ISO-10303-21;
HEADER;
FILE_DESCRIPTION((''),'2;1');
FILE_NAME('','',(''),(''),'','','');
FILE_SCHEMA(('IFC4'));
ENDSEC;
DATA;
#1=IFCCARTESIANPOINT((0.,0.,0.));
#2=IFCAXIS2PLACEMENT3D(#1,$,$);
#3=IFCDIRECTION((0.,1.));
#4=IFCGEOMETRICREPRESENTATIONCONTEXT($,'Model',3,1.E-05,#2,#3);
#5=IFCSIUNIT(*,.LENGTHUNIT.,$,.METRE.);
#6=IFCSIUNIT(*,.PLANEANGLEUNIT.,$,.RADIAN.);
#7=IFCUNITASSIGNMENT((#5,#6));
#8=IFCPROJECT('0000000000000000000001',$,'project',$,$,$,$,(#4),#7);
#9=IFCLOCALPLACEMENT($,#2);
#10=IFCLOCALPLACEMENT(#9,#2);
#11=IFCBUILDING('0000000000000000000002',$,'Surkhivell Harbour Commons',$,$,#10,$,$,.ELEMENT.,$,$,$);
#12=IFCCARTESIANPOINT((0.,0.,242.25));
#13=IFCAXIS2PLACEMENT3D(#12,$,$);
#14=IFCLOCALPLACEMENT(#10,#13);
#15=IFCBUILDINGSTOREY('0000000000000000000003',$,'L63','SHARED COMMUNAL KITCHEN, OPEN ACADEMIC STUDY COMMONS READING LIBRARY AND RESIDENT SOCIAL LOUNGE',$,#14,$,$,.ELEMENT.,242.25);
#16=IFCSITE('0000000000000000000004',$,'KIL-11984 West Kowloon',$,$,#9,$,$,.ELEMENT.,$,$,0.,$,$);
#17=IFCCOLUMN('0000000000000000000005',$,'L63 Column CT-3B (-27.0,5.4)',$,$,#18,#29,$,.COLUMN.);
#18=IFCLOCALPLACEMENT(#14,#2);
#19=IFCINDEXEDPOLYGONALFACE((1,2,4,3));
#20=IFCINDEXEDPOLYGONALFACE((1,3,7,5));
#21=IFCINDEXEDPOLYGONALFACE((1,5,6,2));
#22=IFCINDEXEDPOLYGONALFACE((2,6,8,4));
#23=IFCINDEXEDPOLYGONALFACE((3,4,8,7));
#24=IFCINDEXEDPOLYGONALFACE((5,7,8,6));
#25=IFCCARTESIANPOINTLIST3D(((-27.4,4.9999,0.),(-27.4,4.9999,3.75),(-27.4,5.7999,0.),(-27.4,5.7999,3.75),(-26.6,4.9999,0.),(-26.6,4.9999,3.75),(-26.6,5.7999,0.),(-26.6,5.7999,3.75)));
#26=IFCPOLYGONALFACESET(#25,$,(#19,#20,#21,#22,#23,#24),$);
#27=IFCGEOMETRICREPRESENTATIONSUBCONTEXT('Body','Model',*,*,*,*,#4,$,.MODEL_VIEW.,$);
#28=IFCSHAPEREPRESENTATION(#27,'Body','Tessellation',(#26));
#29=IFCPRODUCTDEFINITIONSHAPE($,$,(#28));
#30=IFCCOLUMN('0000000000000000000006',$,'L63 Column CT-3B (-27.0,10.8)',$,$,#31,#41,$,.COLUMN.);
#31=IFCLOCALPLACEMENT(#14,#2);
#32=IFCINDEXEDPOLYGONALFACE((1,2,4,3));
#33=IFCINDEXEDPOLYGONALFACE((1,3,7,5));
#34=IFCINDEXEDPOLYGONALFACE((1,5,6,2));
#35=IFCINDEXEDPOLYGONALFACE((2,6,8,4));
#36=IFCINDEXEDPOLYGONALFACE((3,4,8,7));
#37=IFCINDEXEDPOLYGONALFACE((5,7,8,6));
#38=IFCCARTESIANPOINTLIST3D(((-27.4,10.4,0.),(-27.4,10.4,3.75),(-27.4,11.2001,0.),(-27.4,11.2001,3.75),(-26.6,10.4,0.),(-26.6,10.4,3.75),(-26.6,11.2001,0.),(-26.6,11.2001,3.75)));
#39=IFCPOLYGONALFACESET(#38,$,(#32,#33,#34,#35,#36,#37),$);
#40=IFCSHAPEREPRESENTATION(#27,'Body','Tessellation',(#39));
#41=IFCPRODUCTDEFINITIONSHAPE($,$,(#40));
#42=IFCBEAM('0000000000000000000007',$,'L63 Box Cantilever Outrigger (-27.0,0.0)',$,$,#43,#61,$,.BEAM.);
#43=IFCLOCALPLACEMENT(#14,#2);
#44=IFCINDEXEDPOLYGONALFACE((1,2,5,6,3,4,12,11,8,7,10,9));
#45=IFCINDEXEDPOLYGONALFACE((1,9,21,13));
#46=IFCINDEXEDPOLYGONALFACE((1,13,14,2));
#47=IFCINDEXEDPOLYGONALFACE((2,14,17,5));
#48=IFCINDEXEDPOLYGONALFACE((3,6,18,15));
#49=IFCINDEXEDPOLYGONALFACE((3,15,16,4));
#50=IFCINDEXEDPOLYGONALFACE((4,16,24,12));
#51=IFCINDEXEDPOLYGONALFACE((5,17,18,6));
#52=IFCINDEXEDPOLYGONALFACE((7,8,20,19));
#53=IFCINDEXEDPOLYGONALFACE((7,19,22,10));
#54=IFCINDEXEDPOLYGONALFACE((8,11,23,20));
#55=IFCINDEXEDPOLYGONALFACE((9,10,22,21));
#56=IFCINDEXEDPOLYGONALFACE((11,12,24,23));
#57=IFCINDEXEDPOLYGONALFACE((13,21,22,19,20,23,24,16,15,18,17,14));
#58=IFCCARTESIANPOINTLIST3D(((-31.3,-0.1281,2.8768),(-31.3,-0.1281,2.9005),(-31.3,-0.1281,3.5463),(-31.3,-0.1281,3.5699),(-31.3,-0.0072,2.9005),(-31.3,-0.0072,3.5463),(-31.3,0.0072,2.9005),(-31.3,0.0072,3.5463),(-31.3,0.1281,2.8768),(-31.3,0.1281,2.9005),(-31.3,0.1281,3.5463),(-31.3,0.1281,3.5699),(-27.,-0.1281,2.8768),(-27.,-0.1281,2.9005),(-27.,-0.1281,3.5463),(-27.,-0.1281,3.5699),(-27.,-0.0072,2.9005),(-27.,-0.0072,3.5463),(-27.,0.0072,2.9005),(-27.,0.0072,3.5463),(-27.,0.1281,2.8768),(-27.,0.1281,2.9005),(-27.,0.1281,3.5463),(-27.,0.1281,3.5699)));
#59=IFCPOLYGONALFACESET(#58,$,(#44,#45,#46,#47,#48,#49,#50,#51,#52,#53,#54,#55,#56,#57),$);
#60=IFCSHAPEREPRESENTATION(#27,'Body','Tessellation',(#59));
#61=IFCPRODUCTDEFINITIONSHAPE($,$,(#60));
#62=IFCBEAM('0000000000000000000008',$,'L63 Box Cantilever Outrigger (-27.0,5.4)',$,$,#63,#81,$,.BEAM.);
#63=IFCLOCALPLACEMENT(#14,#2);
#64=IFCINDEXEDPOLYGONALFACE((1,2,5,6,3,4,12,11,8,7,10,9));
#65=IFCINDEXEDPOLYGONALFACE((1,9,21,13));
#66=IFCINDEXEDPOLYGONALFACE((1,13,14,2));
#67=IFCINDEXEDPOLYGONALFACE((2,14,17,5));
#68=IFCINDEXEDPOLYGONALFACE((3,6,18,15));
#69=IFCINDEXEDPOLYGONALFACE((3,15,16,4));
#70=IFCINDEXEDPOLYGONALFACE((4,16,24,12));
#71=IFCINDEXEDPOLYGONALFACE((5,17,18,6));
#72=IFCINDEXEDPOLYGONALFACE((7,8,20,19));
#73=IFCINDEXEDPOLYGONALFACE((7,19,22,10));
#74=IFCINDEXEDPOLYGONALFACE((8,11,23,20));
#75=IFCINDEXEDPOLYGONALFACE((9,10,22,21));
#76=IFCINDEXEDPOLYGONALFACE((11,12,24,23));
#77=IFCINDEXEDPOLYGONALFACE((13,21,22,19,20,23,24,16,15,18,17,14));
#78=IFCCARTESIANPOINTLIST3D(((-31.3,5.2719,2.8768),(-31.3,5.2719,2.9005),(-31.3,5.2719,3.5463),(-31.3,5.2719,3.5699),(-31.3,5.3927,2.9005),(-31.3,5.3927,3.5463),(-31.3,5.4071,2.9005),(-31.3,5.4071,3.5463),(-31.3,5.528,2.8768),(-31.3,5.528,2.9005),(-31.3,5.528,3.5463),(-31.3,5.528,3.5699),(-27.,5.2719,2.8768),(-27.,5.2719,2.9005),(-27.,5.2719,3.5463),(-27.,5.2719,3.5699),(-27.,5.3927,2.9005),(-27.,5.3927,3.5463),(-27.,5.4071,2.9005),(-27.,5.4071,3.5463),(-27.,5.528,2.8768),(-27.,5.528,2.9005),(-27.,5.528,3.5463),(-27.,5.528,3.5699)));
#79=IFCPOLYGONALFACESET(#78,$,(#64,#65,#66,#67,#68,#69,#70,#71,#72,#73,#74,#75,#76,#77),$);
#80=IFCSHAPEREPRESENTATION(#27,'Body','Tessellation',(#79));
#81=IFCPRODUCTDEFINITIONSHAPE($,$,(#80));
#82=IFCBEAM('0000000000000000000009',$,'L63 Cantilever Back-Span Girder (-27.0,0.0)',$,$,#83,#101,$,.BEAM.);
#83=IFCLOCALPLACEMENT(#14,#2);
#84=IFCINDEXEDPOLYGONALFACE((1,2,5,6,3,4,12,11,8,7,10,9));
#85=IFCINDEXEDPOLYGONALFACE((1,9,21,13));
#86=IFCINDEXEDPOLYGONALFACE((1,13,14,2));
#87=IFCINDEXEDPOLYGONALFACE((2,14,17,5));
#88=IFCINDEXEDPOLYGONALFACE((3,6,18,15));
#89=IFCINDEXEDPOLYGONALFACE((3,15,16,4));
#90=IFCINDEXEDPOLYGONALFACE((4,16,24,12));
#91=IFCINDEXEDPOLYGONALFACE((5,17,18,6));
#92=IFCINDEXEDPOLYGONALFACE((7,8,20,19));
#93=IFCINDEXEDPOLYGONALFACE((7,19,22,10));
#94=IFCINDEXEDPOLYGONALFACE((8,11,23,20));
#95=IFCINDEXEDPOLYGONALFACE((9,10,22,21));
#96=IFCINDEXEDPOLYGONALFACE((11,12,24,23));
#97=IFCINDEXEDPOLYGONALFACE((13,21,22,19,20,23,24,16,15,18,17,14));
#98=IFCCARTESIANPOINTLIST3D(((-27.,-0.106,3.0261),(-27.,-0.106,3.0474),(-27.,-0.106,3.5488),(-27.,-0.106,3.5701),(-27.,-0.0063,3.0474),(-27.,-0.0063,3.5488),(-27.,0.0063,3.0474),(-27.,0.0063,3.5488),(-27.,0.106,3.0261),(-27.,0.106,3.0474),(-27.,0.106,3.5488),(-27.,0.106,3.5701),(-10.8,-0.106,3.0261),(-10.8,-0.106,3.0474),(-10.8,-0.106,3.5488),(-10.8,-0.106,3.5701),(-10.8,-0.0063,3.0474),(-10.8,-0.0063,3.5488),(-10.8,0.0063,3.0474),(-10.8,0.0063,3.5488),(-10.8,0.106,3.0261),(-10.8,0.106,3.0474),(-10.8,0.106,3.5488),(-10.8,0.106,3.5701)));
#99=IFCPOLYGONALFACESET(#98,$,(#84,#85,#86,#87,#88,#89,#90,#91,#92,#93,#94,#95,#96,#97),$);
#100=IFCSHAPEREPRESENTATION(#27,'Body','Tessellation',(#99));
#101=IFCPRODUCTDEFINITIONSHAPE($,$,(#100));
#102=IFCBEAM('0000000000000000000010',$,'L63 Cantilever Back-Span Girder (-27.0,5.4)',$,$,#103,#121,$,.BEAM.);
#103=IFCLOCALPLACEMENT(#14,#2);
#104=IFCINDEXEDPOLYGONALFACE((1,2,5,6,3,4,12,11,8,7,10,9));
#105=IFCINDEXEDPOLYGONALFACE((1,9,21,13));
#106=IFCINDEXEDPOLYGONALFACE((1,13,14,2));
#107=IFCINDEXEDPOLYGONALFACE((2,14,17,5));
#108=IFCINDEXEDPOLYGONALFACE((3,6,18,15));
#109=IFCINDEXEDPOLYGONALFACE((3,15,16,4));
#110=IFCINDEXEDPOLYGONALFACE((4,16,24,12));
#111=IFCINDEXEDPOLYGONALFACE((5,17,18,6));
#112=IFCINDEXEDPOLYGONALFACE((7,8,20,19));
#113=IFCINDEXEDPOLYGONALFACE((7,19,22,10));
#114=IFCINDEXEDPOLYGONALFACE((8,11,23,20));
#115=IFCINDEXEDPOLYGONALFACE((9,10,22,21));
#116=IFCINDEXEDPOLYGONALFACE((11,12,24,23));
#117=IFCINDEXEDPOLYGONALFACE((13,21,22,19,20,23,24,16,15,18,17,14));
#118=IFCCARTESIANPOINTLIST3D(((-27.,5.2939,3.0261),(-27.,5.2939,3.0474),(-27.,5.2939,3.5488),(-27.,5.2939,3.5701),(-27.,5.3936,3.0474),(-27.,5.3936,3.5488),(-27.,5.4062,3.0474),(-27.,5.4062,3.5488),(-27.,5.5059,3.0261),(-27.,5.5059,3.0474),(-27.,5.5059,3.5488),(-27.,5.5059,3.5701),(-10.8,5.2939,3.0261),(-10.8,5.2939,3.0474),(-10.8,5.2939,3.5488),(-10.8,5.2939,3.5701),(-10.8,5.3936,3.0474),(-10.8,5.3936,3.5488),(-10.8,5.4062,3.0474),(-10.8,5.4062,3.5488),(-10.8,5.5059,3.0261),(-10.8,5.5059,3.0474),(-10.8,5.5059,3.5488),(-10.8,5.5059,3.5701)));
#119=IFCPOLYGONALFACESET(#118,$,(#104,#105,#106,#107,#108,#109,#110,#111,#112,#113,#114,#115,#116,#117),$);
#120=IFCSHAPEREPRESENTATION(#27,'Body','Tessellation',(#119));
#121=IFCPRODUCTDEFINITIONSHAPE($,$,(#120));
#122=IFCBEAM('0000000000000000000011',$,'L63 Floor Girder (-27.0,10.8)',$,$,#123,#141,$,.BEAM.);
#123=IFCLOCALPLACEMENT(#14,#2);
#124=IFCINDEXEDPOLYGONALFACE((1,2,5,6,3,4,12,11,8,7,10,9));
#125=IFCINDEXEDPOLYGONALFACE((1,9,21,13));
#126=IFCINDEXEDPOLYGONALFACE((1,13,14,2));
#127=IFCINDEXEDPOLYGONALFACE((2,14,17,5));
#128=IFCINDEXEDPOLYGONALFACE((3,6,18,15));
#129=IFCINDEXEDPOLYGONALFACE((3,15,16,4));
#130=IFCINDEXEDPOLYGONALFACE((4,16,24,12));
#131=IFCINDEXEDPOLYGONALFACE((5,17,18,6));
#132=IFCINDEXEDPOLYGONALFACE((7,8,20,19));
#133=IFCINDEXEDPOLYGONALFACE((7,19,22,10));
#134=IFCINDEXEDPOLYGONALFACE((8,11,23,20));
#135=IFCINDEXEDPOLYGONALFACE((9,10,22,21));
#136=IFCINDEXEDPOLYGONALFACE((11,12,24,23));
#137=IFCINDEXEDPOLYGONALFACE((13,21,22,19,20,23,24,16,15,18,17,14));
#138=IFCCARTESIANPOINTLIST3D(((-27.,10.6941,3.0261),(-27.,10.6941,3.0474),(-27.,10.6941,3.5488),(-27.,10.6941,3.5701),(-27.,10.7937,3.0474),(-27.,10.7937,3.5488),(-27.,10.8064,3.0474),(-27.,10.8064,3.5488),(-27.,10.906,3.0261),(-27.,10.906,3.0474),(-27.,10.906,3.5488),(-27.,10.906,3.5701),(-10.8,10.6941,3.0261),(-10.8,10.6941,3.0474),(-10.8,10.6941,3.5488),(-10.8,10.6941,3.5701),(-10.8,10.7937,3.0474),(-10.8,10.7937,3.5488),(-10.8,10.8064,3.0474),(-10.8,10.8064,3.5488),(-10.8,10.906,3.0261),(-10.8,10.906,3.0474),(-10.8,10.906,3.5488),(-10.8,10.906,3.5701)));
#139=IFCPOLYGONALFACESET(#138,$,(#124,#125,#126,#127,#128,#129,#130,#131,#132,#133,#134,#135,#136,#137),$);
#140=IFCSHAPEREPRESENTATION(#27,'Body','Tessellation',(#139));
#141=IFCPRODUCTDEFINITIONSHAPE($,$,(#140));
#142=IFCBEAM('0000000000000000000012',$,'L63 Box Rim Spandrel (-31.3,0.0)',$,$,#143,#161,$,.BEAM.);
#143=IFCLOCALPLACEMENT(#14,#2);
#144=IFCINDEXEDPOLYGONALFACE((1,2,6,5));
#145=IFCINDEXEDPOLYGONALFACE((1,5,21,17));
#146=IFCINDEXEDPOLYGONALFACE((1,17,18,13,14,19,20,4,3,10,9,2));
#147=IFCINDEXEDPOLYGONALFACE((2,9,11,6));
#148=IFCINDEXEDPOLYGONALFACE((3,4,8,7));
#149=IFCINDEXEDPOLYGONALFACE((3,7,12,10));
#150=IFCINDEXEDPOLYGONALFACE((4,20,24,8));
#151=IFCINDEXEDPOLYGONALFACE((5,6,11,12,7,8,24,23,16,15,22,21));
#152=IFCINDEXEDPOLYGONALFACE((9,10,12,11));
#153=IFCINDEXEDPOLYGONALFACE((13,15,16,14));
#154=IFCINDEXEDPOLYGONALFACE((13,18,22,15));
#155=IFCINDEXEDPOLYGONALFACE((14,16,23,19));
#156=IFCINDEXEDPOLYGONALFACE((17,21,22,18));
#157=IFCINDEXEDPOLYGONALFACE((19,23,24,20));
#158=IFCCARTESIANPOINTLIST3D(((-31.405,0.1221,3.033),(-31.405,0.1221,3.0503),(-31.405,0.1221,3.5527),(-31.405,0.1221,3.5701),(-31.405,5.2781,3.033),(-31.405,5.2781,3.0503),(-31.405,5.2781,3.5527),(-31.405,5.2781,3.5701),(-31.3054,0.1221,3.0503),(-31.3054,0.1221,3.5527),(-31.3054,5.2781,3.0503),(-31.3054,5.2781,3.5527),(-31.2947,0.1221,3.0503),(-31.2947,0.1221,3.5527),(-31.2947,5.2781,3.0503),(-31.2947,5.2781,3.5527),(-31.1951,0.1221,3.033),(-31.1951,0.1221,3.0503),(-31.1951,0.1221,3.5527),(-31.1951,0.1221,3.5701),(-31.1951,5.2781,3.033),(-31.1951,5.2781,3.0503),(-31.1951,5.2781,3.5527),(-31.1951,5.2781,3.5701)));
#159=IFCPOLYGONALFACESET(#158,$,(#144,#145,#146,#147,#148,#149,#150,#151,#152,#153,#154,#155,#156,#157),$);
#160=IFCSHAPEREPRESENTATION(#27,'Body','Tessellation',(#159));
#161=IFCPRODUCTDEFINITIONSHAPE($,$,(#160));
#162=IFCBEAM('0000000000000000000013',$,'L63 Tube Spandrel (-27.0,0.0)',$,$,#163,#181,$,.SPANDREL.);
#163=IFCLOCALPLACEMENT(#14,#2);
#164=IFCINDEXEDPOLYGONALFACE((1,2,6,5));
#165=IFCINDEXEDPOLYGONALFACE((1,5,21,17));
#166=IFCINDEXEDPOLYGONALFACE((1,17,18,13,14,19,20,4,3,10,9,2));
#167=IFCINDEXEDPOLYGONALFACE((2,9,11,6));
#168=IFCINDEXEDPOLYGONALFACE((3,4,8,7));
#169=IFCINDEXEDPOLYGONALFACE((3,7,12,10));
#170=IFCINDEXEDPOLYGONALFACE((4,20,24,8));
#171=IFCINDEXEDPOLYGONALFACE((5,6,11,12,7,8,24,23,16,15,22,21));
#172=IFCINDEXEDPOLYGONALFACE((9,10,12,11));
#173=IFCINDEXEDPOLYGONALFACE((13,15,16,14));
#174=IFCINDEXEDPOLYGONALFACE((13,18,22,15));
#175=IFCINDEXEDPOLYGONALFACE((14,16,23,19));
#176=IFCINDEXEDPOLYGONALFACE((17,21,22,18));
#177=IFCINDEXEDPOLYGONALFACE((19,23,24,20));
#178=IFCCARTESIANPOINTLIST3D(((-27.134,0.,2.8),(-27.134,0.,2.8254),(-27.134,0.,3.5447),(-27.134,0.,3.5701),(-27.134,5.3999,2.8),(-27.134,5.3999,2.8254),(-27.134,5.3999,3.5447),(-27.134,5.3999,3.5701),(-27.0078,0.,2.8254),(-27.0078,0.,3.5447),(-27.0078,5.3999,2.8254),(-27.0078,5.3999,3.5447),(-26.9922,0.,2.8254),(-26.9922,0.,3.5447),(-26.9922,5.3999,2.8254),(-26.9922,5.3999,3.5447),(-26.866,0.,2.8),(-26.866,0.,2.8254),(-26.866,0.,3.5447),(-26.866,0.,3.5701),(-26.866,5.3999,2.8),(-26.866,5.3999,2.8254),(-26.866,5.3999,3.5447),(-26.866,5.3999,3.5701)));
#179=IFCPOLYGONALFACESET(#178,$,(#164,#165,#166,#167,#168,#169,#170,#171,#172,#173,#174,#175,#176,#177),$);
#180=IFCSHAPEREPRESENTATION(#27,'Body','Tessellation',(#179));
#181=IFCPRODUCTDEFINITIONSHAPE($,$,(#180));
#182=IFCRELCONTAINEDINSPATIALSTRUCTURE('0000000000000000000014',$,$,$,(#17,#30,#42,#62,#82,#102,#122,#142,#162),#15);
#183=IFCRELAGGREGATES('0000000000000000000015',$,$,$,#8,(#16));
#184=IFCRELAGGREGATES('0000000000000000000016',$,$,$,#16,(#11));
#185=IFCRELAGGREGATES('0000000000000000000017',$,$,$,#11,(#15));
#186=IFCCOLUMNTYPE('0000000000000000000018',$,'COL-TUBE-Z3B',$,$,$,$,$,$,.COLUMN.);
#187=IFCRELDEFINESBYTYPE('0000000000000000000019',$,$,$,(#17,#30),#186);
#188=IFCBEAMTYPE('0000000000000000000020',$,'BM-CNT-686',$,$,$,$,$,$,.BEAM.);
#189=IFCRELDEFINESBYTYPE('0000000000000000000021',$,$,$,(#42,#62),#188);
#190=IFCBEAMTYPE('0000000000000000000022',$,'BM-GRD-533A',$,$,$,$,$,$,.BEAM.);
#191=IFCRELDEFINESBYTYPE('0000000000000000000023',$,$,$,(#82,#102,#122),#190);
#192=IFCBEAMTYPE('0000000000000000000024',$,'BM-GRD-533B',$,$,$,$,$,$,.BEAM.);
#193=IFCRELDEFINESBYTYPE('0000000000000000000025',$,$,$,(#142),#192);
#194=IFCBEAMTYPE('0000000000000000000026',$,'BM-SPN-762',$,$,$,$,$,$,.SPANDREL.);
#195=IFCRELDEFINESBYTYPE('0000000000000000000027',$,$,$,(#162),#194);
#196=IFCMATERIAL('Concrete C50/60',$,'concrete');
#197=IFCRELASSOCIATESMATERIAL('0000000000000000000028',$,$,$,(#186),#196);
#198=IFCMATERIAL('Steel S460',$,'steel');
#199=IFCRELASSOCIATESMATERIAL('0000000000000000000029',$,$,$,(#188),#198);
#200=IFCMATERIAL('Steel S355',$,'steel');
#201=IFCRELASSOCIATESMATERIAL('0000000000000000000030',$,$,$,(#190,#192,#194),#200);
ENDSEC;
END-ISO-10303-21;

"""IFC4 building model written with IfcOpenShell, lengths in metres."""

from ifc_helpers import new_model, si_unit, direction, frame, origin, origin_2d, place, context, subcontext, project, spatial, rectangle, i_section, extrude, material, material_profile, profile_set, type_object, element, save


model = new_model("IFC4")

# Units and contexts
model_context = context("Model", 3, precision=1e-05, world=origin(), true_north=direction((0.0, 1.0)))
body_context = subcontext(model_context, "Body", "Model", "MODEL_VIEW")
ifc_project = project(units=[si_unit("LENGTHUNIT", "METRE"), si_unit("PLANEANGLEUNIT", "RADIAN")], contexts=[model_context])

# Site, building, storey
site_placement = place(None, origin())
site = spatial("IfcSite", under=ifc_project, at=site_placement, Name="KIL-11984 West Kowloon", CompositionType="ELEMENT", RefElevation=0.0)
building_placement = place(site_placement, origin())
building = spatial("IfcBuilding", under=site, at=building_placement, Name="Surkhivell Harbour Commons", CompositionType="ELEMENT")
storey_placement = place(building_placement, frame((0.0, 0.0, 242.25)))
storey = spatial("IfcBuildingStorey", under=building, at=storey_placement, Name="L63", Description="SHARED COMMUNAL KITCHEN, OPEN ACADEMIC STUDY COMMONS READING LIBRARY AND RESIDENT SOCIAL LOUNGE", CompositionType="ELEMENT", Elevation=242.25)

# Columns
ifc_material_1 = material(Name="Concrete C50/60", Category="concrete")
ifc_material_profile_1 = material_profile(ifc_material_1, rectangle(XDim=0.8, YDim=0.8, at=origin_2d()), Name="RC-COL-800x800")
ifc_profile_set_1 = profile_set([ifc_material_profile_1], Name="Concrete C50/60")
column_type = type_object("IfcColumnType", Name="COL-TUBE-Z3B", PredefinedType="COLUMN", material=ifc_profile_set_1)
for number, where, z_axis, x_axis, name in (
    (1, (-27.0, 5.3999, 0.0), (0.0, 0.0, 1.0), (1.0, 0.0, 0.0), "L63 Column CT-3B (-27.0,5.4)"),
    (2, (-27.0, 10.8, 0.0), (0.0, 0.0, 1.0), (1.0, 0.0, 0.0), "L63 Column CT-3B (-27.0,10.8)"),
):
    element("IfcColumn", number, at=place(storey_placement, frame(where, z_axis=z_axis, x_axis=x_axis)), inside=storey, type_object=column_type, Name=name, PredefinedType="COLUMN", context=body_context, shape_type="SweptSolid", body=[
        extrude(rectangle(XDim=0.8, YDim=0.8, at=origin_2d()), origin(), (0.0, 0.0, 1.0), 3.75),
    ])

# Beams
ifc_material_2 = material(Name="Steel S460", Category="steel")
ifc_material_profile_2 = material_profile(ifc_material_2, i_section(OverallWidth=0.2561, OverallDepth=0.6931, WebThickness=0.0144, FlangeThickness=0.0237, at=origin_2d()), Name="UB686x254x170")
ifc_profile_set_2 = profile_set([ifc_material_profile_2], Name="Steel S460")
beam_type_1 = type_object("IfcBeamType", Name="BM-CNT-686", PredefinedType="BEAM", material=ifc_profile_set_2)
for number, where, z_axis, x_axis, name in (
    (3, (-27.0, 0.0, 3.2234), (-1.0, 0.0, 0.0), (0.0, -1.0, 0.0), "L63 Box Cantilever Outrigger (-27.0,0.0)"),
    (4, (-27.0, 5.3999, 3.2234), (-1.0, 0.0, 0.0), (0.0, -1.0, 0.0), "L63 Box Cantilever Outrigger (-27.0,5.4)"),
):
    element("IfcBeam", number, at=place(storey_placement, frame(where, z_axis=z_axis, x_axis=x_axis)), inside=storey, type_object=beam_type_1, Name=name, PredefinedType="BEAM", context=body_context, shape_type="SweptSolid", body=[
        extrude(i_section(OverallWidth=0.2561, OverallDepth=0.6931, WebThickness=0.0144, FlangeThickness=0.0237, at=origin_2d()), origin(), (0.0, 0.0, 1.0), 4.3),
    ])
ifc_material_3 = material(Name="Steel S355", Category="steel")
ifc_material_profile_3 = material_profile(ifc_material_3, i_section(OverallWidth=0.2119, OverallDepth=0.5439, WebThickness=0.0127, FlangeThickness=0.0212, at=origin_2d()), Name="UB533x210x122")
ifc_profile_set_3 = profile_set([ifc_material_profile_3], Name="Steel S355")
beam_type_2 = type_object("IfcBeamType", Name="BM-GRD-533A", PredefinedType="BEAM", material=ifc_profile_set_3)
for number, where, z_axis, x_axis, name in (
    (5, (-27.0, 0.0, 3.2981), (1.0, 0.0, 0.0), (0.0, 1.0, 0.0), "L63 Cantilever Back-Span Girder (-27.0,0.0)"),
    (6, (-27.0, 5.3999, 3.2981), (1.0, 0.0, 0.0), (0.0, 1.0, 0.0), "L63 Cantilever Back-Span Girder (-27.0,5.4)"),
    (7, (-27.0, 10.8, 3.2981), (1.0, 0.0, 0.0), (0.0, 1.0, 0.0), "L63 Floor Girder (-27.0,10.8)"),
):
    element("IfcBeam", number, at=place(storey_placement, frame(where, z_axis=z_axis, x_axis=x_axis)), inside=storey, type_object=beam_type_2, Name=name, PredefinedType="BEAM", context=body_context, shape_type="SweptSolid", body=[
        extrude(i_section(OverallWidth=0.2119, OverallDepth=0.5439, WebThickness=0.0127, FlangeThickness=0.0212, at=origin_2d()), origin(), (0.0, 0.0, 1.0), 16.2),
    ])
ifc_material_profile_4 = material_profile(ifc_material_3, i_section(OverallWidth=0.21, OverallDepth=0.5371, WebThickness=0.0107, FlangeThickness=0.0173, at=origin_2d()), Name="UB533x210x101")
ifc_profile_set_4 = profile_set([ifc_material_profile_4], Name="Steel S355")
beam_type_3 = type_object("IfcBeamType", Name="BM-GRD-533B", PredefinedType="BEAM", material=ifc_profile_set_4)
beam_1_placement = place(storey_placement, frame((-31.3, 0.1221, 3.3015), z_axis=(0.0, 1.0, 0.0), x_axis=(-1.0, 0.0, 0.0)))
element("IfcBeam", 8, at=beam_1_placement, inside=storey, type_object=beam_type_3, Name="L63 Box Rim Spandrel (-31.3,0.0)", PredefinedType="BEAM", context=body_context, shape_type="SweptSolid", body=[
    extrude(i_section(OverallWidth=0.21, OverallDepth=0.5371, WebThickness=0.0107, FlangeThickness=0.0173, at=origin_2d()), origin(), (0.0, 0.0, 1.0), 5.156),
])
ifc_material_profile_5 = material_profile(ifc_material_3, i_section(OverallWidth=0.2681, OverallDepth=0.77, WebThickness=0.0156, FlangeThickness=0.0254, at=origin_2d()), Name="UB762x267x197")
ifc_profile_set_5 = profile_set([ifc_material_profile_5], Name="Steel S355")
beam_type_4 = type_object("IfcBeamType", Name="BM-SPN-762", PredefinedType="SPANDREL", material=ifc_profile_set_5)
beam_2_placement = place(storey_placement, frame((-27.0, 0.0, 3.1851), z_axis=(0.0, 1.0, 0.0), x_axis=(-1.0, 0.0, 0.0)))
element("IfcBeam", 9, at=beam_2_placement, inside=storey, type_object=beam_type_4, Name="L63 Tube Spandrel (-27.0,0.0)", PredefinedType="SPANDREL", context=body_context, shape_type="SweptSolid", body=[
    extrude(i_section(OverallWidth=0.2681, OverallDepth=0.77, WebThickness=0.0156, FlangeThickness=0.0254, at=origin_2d()), origin(), (0.0, 0.0, 1.0), 5.3999),
])

save(model, "model.ifc")
